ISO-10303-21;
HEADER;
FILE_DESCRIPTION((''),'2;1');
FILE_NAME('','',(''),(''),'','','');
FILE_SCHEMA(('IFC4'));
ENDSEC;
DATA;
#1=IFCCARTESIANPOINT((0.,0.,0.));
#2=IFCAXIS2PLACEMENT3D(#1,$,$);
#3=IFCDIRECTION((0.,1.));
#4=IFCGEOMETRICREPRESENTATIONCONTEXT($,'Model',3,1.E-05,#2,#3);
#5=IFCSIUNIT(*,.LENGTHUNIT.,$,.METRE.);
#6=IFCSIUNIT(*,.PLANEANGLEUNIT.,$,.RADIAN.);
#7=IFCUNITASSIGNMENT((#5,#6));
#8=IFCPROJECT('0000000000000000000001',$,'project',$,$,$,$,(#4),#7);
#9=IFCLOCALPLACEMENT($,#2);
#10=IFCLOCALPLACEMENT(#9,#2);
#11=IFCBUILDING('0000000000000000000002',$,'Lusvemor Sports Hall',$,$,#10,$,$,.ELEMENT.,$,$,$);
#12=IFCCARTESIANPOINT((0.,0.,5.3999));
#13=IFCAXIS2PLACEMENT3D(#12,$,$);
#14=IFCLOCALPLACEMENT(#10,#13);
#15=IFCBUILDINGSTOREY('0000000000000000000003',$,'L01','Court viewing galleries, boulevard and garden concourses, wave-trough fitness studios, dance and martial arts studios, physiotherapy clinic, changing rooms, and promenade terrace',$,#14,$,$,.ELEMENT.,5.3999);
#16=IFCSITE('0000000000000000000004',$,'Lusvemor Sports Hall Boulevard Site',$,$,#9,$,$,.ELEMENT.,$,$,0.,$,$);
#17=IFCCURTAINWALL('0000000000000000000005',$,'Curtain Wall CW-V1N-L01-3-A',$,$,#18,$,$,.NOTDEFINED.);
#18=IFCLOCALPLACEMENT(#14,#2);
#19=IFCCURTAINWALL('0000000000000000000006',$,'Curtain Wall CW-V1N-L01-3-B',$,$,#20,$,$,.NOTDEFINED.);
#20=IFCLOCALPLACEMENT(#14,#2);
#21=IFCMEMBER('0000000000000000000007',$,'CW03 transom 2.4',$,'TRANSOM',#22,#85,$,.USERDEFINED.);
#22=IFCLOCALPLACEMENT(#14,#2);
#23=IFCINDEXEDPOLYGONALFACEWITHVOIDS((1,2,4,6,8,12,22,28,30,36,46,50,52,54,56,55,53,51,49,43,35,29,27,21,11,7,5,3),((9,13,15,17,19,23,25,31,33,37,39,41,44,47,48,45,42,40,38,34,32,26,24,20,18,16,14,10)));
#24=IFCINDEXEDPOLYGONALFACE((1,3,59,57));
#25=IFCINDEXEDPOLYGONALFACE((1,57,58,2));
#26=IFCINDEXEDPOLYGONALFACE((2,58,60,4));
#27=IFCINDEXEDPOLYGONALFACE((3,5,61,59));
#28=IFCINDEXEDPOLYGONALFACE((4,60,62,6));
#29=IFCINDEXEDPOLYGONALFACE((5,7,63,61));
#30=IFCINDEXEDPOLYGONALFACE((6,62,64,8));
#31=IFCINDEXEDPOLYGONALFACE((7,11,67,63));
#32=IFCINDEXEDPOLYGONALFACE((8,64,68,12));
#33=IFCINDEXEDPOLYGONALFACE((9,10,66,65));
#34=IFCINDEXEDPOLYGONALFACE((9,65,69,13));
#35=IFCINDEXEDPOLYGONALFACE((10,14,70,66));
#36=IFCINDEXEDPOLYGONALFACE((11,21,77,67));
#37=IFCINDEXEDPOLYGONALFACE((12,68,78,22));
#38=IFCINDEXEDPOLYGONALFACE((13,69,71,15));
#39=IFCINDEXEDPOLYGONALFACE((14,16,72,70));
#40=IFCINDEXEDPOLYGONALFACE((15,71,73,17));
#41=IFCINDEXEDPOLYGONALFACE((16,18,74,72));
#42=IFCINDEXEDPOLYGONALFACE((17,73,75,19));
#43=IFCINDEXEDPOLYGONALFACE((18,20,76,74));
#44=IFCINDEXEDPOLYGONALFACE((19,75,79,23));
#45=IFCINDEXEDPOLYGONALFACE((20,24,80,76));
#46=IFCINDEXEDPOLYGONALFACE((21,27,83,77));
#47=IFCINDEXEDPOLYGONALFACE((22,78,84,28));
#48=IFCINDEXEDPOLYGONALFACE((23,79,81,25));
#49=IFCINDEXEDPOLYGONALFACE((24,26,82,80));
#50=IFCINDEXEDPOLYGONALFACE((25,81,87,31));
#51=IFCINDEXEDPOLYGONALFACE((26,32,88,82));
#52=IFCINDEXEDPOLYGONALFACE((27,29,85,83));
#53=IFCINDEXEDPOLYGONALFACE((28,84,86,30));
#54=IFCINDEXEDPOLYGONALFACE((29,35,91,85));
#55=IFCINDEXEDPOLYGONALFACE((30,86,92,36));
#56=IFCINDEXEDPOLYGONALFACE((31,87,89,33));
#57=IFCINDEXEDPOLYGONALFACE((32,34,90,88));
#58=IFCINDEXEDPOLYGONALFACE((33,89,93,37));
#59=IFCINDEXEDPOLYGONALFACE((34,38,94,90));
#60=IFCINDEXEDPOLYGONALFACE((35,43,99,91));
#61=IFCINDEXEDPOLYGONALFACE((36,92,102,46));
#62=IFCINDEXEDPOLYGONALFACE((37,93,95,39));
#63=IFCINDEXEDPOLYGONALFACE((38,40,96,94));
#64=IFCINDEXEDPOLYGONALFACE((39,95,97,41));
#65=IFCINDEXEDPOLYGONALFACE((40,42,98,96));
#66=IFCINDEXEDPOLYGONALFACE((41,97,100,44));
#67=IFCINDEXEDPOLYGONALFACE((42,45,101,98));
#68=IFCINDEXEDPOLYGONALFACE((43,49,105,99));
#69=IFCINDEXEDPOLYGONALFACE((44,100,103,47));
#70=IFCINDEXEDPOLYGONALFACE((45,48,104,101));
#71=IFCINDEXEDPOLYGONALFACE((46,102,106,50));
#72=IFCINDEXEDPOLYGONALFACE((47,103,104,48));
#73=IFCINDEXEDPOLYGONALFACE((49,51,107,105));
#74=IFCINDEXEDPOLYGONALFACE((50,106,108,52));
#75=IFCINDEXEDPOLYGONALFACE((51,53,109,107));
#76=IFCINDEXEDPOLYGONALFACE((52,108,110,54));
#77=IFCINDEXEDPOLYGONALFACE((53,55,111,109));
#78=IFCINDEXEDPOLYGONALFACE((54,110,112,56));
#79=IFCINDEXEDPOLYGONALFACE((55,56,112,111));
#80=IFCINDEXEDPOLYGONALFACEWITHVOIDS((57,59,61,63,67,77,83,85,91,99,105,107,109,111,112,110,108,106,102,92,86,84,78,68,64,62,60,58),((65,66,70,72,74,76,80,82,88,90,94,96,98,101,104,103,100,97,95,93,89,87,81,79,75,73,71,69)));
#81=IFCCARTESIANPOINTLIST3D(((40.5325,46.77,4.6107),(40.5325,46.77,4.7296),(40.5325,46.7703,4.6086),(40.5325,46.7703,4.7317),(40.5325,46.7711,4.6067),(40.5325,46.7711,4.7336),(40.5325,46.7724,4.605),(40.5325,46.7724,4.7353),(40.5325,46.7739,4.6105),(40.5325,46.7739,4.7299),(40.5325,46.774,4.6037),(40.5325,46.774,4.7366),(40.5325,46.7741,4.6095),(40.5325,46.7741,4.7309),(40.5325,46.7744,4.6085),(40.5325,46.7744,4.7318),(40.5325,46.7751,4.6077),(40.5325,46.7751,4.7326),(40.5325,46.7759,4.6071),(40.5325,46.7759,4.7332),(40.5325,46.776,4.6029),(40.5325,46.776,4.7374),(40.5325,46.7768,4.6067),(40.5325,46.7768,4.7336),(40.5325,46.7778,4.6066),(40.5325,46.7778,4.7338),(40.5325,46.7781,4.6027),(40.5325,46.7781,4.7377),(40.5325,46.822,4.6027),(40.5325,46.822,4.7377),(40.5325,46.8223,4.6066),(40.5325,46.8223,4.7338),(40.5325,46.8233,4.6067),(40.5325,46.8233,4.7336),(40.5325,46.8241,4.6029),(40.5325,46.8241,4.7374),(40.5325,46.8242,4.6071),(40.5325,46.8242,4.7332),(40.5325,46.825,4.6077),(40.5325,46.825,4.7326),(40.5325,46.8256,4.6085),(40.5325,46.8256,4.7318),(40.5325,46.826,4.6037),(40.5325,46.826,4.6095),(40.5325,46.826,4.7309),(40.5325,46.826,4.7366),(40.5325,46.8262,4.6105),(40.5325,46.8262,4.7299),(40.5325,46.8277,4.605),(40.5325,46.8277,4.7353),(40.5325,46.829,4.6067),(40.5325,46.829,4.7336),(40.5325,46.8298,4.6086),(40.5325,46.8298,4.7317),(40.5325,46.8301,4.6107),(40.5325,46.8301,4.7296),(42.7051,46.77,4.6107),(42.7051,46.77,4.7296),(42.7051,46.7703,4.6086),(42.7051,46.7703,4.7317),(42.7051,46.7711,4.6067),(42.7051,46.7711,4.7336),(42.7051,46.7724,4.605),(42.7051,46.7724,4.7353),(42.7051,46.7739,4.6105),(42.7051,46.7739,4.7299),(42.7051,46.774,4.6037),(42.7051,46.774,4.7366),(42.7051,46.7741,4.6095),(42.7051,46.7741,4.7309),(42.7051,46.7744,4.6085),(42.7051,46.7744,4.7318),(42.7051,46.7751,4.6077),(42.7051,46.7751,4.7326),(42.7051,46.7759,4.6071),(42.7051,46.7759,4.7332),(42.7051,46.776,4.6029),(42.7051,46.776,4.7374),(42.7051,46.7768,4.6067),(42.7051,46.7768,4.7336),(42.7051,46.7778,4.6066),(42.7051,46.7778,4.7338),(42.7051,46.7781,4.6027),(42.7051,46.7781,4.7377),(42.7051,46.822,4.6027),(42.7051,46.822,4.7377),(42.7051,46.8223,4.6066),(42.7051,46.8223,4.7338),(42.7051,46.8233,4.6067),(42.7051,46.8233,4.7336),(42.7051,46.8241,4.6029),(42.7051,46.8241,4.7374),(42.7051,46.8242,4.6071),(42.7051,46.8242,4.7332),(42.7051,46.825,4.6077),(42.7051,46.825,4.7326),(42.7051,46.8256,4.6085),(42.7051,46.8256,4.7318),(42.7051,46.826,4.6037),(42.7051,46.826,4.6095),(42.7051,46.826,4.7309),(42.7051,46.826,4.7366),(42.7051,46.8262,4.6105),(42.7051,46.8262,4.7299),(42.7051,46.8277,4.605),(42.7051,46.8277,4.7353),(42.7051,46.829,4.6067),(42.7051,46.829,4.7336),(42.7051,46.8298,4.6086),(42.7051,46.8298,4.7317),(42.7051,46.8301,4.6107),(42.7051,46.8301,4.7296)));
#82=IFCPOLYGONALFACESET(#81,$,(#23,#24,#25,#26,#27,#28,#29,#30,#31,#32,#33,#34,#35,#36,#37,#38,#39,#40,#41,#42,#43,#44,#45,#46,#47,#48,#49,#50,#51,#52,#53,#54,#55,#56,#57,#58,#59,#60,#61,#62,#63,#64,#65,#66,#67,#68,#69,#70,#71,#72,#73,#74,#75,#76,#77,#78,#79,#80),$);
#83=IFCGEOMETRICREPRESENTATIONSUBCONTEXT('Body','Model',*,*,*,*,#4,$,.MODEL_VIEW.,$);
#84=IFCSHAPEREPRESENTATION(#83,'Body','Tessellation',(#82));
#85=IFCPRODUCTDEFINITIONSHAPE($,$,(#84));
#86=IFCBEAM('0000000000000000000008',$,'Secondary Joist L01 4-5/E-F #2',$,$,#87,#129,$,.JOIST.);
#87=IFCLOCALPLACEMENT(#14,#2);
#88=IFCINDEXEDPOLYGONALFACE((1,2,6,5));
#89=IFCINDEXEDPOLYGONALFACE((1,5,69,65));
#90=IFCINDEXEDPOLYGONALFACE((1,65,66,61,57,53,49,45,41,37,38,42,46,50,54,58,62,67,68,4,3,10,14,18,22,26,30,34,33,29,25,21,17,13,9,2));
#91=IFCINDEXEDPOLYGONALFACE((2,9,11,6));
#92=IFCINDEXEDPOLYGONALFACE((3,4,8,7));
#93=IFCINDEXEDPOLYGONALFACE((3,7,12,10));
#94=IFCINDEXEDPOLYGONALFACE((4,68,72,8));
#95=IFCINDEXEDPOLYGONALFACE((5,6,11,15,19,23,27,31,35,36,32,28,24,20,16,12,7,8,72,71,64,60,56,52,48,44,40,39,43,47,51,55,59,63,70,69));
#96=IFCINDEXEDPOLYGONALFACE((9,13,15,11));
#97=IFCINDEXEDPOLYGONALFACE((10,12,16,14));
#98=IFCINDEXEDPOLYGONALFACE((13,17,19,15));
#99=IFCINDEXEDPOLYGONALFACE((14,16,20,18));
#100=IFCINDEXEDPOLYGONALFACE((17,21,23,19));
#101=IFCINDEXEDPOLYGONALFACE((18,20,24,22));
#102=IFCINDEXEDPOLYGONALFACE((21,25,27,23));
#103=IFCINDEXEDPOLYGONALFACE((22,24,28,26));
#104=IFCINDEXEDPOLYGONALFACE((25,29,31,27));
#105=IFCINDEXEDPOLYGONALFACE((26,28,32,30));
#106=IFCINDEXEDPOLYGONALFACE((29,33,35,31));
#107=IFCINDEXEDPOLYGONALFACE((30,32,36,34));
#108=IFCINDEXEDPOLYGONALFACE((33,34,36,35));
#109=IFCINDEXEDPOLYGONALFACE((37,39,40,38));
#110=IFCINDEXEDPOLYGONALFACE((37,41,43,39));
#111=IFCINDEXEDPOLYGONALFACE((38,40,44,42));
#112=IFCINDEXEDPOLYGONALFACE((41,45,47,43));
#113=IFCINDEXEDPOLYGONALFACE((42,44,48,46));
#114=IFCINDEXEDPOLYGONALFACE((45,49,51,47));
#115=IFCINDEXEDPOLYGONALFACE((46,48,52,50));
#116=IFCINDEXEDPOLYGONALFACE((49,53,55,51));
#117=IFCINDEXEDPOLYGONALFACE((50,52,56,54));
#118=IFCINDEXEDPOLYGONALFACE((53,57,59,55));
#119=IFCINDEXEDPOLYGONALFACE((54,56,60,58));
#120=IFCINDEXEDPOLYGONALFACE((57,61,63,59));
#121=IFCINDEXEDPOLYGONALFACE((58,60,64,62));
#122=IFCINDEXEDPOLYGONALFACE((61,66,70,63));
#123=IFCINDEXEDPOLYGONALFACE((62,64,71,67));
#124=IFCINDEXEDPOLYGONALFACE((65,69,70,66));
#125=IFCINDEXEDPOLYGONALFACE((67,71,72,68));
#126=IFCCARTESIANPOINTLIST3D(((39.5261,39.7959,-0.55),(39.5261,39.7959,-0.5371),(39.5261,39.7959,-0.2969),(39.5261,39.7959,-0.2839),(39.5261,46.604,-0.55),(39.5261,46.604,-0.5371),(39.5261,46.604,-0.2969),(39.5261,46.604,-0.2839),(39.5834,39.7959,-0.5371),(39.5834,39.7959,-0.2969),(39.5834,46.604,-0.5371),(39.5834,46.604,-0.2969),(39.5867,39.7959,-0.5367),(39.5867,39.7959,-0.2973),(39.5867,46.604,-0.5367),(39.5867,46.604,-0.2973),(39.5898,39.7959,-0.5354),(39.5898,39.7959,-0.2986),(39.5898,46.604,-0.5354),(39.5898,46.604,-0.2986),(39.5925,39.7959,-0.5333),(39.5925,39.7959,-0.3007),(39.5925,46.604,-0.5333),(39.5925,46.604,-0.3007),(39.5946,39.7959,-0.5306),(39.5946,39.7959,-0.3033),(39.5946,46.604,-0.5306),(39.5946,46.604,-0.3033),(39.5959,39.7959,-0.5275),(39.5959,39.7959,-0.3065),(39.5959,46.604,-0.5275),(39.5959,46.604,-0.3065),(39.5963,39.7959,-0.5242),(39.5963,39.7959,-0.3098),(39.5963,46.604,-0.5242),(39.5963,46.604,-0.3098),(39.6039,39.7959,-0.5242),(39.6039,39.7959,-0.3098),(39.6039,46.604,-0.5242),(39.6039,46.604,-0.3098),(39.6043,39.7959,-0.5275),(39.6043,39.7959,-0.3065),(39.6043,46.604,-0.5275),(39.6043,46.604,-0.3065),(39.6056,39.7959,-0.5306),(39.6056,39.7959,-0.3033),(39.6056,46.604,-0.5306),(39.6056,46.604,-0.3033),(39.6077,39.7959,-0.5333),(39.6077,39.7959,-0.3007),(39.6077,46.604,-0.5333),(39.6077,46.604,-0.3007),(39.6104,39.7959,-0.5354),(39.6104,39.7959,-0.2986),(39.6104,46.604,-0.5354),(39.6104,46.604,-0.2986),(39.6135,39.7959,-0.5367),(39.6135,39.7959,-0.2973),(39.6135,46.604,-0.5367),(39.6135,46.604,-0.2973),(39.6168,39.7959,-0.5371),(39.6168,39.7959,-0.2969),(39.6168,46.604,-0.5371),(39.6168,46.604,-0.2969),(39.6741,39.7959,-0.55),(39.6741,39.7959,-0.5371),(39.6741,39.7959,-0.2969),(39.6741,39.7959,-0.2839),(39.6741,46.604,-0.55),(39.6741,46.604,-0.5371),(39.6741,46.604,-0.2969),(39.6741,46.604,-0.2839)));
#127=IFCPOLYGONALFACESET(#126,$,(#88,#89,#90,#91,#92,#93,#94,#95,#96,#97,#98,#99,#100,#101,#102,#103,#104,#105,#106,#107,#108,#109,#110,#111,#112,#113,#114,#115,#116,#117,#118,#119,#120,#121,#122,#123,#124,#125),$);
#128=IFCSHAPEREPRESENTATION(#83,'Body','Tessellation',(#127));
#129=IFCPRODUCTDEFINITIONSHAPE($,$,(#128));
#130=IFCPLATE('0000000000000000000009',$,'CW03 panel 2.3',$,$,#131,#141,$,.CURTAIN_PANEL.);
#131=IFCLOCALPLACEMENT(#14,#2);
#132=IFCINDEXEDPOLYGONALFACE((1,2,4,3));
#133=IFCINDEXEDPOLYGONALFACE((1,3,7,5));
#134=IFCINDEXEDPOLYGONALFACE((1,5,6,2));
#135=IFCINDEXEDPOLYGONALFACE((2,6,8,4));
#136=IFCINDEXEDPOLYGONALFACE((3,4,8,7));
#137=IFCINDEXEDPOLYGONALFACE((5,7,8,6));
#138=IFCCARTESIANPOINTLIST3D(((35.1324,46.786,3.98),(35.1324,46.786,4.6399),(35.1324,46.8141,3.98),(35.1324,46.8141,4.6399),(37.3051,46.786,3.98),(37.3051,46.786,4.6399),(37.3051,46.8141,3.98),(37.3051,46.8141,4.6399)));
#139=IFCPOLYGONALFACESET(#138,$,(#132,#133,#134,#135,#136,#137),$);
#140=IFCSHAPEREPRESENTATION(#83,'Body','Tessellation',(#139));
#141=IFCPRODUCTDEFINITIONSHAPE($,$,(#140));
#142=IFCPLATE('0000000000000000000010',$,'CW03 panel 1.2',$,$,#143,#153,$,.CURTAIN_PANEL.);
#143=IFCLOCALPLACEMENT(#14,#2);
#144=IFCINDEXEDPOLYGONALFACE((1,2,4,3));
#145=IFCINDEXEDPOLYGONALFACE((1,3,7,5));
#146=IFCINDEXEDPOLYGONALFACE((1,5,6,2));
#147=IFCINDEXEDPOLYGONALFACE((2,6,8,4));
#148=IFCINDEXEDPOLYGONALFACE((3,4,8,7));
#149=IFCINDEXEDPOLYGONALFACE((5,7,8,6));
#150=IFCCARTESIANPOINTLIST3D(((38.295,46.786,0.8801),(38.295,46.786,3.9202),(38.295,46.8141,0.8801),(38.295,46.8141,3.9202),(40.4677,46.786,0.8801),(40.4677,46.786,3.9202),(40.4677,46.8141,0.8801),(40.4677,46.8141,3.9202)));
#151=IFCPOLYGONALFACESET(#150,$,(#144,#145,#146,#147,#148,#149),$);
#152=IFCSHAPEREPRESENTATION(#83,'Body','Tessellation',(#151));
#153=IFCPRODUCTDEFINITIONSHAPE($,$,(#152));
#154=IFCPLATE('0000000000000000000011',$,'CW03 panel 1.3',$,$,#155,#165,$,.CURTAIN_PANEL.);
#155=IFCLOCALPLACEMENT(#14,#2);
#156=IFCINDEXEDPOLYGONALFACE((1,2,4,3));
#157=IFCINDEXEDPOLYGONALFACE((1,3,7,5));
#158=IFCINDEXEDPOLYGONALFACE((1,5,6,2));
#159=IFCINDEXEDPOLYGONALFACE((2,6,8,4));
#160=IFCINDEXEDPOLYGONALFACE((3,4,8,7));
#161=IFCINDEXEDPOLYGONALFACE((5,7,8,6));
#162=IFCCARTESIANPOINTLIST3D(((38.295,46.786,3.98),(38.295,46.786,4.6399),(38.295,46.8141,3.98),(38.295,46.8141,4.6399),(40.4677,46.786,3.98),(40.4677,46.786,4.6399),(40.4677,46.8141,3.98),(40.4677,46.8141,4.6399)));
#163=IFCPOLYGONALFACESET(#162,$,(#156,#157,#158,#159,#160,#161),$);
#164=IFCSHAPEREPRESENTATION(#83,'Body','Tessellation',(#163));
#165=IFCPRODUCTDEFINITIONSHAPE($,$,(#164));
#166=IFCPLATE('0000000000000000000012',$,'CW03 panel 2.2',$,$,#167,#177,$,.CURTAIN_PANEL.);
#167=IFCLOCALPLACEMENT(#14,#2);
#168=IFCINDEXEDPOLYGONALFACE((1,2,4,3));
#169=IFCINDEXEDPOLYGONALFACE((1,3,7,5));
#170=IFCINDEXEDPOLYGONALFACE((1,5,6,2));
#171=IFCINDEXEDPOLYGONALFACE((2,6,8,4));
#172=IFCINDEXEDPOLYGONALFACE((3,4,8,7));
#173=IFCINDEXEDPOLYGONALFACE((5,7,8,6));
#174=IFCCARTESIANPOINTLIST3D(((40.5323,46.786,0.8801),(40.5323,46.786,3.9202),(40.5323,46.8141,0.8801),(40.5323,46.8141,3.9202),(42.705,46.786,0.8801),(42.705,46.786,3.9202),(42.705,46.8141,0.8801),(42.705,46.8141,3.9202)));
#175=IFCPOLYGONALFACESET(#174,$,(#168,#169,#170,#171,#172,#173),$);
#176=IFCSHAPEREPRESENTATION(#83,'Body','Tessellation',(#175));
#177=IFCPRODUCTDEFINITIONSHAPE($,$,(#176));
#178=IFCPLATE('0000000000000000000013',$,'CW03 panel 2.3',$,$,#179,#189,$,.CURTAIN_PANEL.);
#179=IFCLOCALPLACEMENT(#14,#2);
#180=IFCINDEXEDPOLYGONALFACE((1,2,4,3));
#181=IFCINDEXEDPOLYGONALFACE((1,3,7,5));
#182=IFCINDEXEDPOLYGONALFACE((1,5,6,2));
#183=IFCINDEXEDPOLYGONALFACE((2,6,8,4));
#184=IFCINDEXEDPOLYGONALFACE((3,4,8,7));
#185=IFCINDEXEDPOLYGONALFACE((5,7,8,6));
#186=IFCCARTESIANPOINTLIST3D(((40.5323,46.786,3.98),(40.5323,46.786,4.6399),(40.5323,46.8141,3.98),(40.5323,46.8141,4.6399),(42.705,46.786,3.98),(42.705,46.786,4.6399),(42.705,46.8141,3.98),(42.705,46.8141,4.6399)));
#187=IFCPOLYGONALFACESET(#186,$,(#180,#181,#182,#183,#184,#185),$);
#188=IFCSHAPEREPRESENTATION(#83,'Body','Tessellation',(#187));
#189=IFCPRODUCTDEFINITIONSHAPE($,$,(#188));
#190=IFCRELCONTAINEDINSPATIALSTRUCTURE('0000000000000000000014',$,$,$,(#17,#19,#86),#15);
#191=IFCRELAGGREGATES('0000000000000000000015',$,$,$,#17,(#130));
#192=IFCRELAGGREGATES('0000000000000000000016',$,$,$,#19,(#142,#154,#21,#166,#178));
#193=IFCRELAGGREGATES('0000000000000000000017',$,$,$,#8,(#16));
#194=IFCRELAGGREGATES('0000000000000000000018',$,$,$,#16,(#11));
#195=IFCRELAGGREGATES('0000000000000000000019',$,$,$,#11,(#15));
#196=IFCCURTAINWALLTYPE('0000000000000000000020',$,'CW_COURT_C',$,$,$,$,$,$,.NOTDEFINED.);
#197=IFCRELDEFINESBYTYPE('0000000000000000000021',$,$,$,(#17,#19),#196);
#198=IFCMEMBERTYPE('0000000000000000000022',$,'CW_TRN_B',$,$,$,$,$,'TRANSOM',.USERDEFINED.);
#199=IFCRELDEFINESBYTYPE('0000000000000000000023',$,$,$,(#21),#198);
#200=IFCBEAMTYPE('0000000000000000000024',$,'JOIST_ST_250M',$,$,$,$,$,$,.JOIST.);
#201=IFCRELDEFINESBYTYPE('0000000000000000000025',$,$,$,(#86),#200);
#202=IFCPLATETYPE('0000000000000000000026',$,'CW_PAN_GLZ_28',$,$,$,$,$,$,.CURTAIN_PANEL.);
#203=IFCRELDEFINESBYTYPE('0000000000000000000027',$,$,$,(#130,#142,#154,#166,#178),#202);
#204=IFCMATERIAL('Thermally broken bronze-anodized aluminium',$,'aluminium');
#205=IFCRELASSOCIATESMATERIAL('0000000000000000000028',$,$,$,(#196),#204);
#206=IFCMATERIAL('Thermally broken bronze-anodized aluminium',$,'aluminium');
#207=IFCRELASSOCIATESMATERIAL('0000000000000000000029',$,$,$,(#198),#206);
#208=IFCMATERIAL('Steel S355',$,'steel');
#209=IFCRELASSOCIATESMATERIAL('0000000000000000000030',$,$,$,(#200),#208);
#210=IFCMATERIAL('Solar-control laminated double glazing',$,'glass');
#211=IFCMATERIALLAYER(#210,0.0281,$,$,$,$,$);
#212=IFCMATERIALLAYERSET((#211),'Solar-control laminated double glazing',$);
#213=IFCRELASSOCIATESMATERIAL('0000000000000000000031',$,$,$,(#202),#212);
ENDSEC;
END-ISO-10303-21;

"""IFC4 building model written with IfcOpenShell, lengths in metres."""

from ifc_helpers import new_model, si_unit, direction, frame, origin, origin_2d, place, context, subcontext, project, spatial, rectangle, hollow_rectangle, i_section, extrude, material, layer, layer_set, material_profile, profile_set, type_object, element, aggregate, save


model = new_model("IFC4")

# Units and contexts
model_context = context("Model", 3, precision=1e-05, world=origin(), true_north=direction((0.0, 1.0)))
body_context = subcontext(model_context, "Body", "Model", "MODEL_VIEW")
ifc_project = project(units=[si_unit("LENGTHUNIT", "METRE"), si_unit("PLANEANGLEUNIT", "RADIAN")], contexts=[model_context])

# Site, building, storey
site_placement = place(None, origin())
site = spatial("IfcSite", under=ifc_project, at=site_placement, Name="Lusvemor Sports Hall Boulevard Site", CompositionType="ELEMENT", RefElevation=0.0)
building_placement = place(site_placement, origin())
building = spatial("IfcBuilding", under=site, at=building_placement, Name="Lusvemor Sports Hall", CompositionType="ELEMENT")
storey_placement = place(building_placement, frame((0.0, 0.0, 5.3999)))
storey = spatial("IfcBuildingStorey", under=building, at=storey_placement, Name="L01", Description="Court viewing galleries, boulevard and garden concourses, wave-trough fitness studios, dance and martial arts studios, physiotherapy clinic, changing rooms, and promenade terrace", CompositionType="ELEMENT", Elevation=5.3999)

# Curtain wall
ifc_material_1 = material(Name="Thermally broken bronze-anodized aluminium", Category="aluminium")
curtain_wall_type = type_object("IfcCurtainWallType", Name="CW_COURT_C", PredefinedType="NOTDEFINED", material=ifc_material_1)
curtain_wall_1_placement = place(storey_placement, origin())
curtain_wall_1 = element("IfcCurtainWall", 1, at=curtain_wall_1_placement, inside=storey, type_object=curtain_wall_type, Name="Curtain Wall CW-V1N-L01-3-A", PredefinedType="NOTDEFINED")

# Curtain wall, member
curtain_wall_2_placement = place(storey_placement, origin())
curtain_wall_2 = element("IfcCurtainWall", 2, at=curtain_wall_2_placement, inside=storey, type_object=curtain_wall_type, Name="Curtain Wall CW-V1N-L01-3-B", PredefinedType="NOTDEFINED")
ifc_material_2 = material(Name="Thermally broken bronze-anodized aluminium", Category="aluminium")
ifc_material_profile_1 = material_profile(ifc_material_2, hollow_rectangle(XDim=0.0601, YDim=0.135, WallThickness=0.0039, InnerFilletRadius=0.0039, OuterFilletRadius=0.0081, at=origin_2d()), Name="CWTRN135x60x4")
ifc_profile_set_1 = profile_set([ifc_material_profile_1], Name="Thermally broken bronze-anodized aluminium")
member_type_1 = type_object("IfcMemberType", Name="CW_TRN_B", ElementType="TRANSOM", PredefinedType="USERDEFINED", material=ifc_profile_set_1)
member_1_placement = place(storey_placement, frame((40.5325, 46.8, 4.6702), z_axis=(1.0, 0.0, 0.0), x_axis=(0.0, 1.0, 0.0)))
member_1 = element("IfcMember", 3, at=member_1_placement, type_object=member_type_1, Name="CW03 transom 2.4", ObjectType="TRANSOM", PredefinedType="USERDEFINED", context=body_context, shape_type="SweptSolid", body=[
    extrude(hollow_rectangle(XDim=0.0601, YDim=0.135, WallThickness=0.0039, InnerFilletRadius=0.0039, OuterFilletRadius=0.0081, at=origin_2d()), origin(), (0.0, 0.0, 1.0), 2.1726),
])

# Beam
ifc_material_3 = material(Name="Steel S355", Category="steel")
ifc_material_profile_2 = material_profile(ifc_material_3, i_section(OverallWidth=0.1479, OverallDepth=0.2661, WebThickness=0.0076, FlangeThickness=0.0129, FilletRadius=0.0129, at=origin_2d()), Name="W250x44.8")
ifc_profile_set_2 = profile_set([ifc_material_profile_2], Name="Steel S355")
beam_type_1 = type_object("IfcBeamType", Name="JOIST_ST_250M", PredefinedType="JOIST", material=ifc_profile_set_2)
beam_1_placement = place(storey_placement, frame((39.6001, 39.7959, -0.417), z_axis=(0.0, 1.0, 0.0), x_axis=(-1.0, 0.0, 0.0)))
element("IfcBeam", 4, at=beam_1_placement, inside=storey, type_object=beam_type_1, Name="Secondary Joist L01 4-5/E-F #2", PredefinedType="JOIST", context=body_context, shape_type="SweptSolid", body=[
    extrude(i_section(OverallWidth=0.1479, OverallDepth=0.2661, WebThickness=0.0076, FlangeThickness=0.0129, FilletRadius=0.0129, at=origin_2d()), origin(), (0.0, 0.0, 1.0), 6.8081),
])

# Plates
ifc_material_4 = material(Name="Solar-control laminated double glazing", Category="glass")
ifc_layer_1 = layer(ifc_material_4, 0.0281)
ifc_layer_set_1 = layer_set([ifc_layer_1], Name="Solar-control laminated double glazing")
plate_type_1 = type_object("IfcPlateType", Name="CW_PAN_GLZ_28", PredefinedType="CURTAIN_PANEL", material=ifc_layer_set_1)
plate_1_placement = place(storey_placement, frame((36.2188, 46.8, 3.98), z_axis=(0.0, 0.0, 1.0), x_axis=(1.0, 0.0, 0.0)))
plate_1 = element("IfcPlate", 5, at=plate_1_placement, type_object=plate_type_1, Name="CW03 panel 2.3", PredefinedType="CURTAIN_PANEL", context=body_context, shape_type="SweptSolid", body=[
    extrude(rectangle(XDim=2.1726, YDim=0.0281, at=origin_2d()), origin(), (0.0, 0.0, 1.0), 0.6599),
])
aggregate(curtain_wall_1, [plate_1])
plate_2_placement = place(storey_placement, frame((39.3813, 46.8, 0.8801), z_axis=(0.0, 0.0, 1.0), x_axis=(1.0, 0.0, 0.0)))
plate_2 = element("IfcPlate", 6, at=plate_2_placement, type_object=plate_type_1, Name="CW03 panel 1.2", PredefinedType="CURTAIN_PANEL", context=body_context, shape_type="SweptSolid", body=[
    extrude(rectangle(XDim=2.1726, YDim=0.0281, at=origin_2d()), origin(), (0.0, 0.0, 1.0), 3.04),
])
plate_3_placement = place(storey_placement, frame((39.3813, 46.8, 3.98), z_axis=(0.0, 0.0, 1.0), x_axis=(1.0, 0.0, 0.0)))
plate_3 = element("IfcPlate", 7, at=plate_3_placement, type_object=plate_type_1, Name="CW03 panel 1.3", PredefinedType="CURTAIN_PANEL", context=body_context, shape_type="SweptSolid", body=[
    extrude(rectangle(XDim=2.1726, YDim=0.0281, at=origin_2d()), origin(), (0.0, 0.0, 1.0), 0.6599),
])
plate_4_placement = place(storey_placement, frame((41.6187, 46.8, 0.8801), z_axis=(0.0, 0.0, 1.0), x_axis=(1.0, 0.0, 0.0)))
plate_4 = element("IfcPlate", 8, at=plate_4_placement, type_object=plate_type_1, Name="CW03 panel 2.2", PredefinedType="CURTAIN_PANEL", context=body_context, shape_type="SweptSolid", body=[
    extrude(rectangle(XDim=2.1726, YDim=0.0281, at=origin_2d()), origin(), (0.0, 0.0, 1.0), 3.04),
])
plate_5_placement = place(storey_placement, frame((41.6187, 46.8, 3.98), z_axis=(0.0, 0.0, 1.0), x_axis=(1.0, 0.0, 0.0)))
plate_5 = element("IfcPlate", 9, at=plate_5_placement, type_object=plate_type_1, Name="CW03 panel 2.3", PredefinedType="CURTAIN_PANEL", context=body_context, shape_type="SweptSolid", body=[
    extrude(rectangle(XDim=2.1726, YDim=0.0281, at=origin_2d()), origin(), (0.0, 0.0, 1.0), 0.6599),
])
aggregate(curtain_wall_2, [plate_2, plate_3, member_1, plate_4, plate_5])

save(model, "model.ifc")
